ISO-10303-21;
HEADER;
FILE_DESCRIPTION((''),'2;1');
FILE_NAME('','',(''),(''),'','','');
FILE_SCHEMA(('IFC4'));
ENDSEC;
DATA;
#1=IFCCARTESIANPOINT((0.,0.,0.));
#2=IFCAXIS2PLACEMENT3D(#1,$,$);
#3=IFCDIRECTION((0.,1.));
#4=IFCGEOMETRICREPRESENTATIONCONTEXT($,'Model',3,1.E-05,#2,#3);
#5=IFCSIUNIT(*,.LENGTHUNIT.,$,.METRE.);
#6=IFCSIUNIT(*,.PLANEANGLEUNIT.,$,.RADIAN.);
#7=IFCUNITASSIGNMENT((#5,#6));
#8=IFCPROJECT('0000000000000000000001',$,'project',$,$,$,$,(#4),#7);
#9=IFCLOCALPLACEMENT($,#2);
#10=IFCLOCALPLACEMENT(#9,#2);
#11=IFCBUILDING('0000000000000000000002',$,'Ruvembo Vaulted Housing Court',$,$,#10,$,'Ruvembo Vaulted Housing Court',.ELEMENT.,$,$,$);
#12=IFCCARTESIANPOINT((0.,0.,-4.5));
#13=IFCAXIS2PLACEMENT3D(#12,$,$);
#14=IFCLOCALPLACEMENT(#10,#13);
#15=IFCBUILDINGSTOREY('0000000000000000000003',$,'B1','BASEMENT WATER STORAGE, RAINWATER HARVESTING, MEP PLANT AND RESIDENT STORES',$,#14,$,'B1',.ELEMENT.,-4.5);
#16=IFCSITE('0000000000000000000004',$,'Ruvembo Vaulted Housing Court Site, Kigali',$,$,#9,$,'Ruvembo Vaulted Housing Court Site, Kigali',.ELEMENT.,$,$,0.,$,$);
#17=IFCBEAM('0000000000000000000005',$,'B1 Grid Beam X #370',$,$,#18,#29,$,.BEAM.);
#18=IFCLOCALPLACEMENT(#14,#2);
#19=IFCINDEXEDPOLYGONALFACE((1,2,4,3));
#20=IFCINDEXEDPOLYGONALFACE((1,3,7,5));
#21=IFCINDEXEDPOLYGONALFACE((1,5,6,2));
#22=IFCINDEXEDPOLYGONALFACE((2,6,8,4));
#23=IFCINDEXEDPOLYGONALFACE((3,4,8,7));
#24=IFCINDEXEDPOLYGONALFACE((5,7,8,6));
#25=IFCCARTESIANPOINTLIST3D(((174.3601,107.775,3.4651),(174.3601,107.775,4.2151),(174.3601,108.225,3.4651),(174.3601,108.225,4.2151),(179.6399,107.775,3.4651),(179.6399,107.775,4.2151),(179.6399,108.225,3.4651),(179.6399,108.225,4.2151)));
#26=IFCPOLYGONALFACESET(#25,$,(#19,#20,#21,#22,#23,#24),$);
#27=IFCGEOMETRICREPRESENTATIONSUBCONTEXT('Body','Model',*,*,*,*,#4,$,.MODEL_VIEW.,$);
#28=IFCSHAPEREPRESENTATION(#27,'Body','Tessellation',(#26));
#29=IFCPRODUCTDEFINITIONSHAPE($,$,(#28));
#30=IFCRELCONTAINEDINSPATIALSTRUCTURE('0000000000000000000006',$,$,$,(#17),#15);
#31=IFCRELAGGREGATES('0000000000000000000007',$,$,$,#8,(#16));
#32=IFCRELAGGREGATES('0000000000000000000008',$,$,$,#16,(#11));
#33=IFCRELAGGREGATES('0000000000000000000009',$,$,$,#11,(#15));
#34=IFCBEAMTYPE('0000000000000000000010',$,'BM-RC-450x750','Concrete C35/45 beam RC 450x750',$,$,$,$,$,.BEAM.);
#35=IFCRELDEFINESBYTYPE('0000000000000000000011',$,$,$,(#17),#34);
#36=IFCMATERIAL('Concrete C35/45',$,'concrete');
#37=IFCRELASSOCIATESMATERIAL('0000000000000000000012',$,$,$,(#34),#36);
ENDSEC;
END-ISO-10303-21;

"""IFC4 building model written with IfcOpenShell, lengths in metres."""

from ifc_helpers import new_model, si_unit, direction, frame, origin, origin_2d, place, context, subcontext, project, spatial, rectangle, extrude, material, material_profile, profile_set, type_object, element, save


model = new_model("IFC4")

# Units and contexts
model_context = context("Model", 3, precision=1e-05, world=origin(), true_north=direction((0.0, 1.0)))
body_context = subcontext(model_context, "Body", "Model", "MODEL_VIEW")
ifc_project = project(units=[si_unit("LENGTHUNIT", "METRE"), si_unit("PLANEANGLEUNIT", "RADIAN")], contexts=[model_context])

# Site, building, storey
site_placement = place(None, origin())
site = spatial("IfcSite", under=ifc_project, at=site_placement, Name="Ruvembo Vaulted Housing Court Site, Kigali", LongName="Ruvembo Vaulted Housing Court Site, Kigali", CompositionType="ELEMENT", RefElevation=0.0)
building_placement = place(site_placement, origin())
building = spatial("IfcBuilding", under=site, at=building_placement, Name="Ruvembo Vaulted Housing Court", LongName="Ruvembo Vaulted Housing Court", CompositionType="ELEMENT")
storey_placement = place(building_placement, frame((0.0, 0.0, -4.5)))
storey = spatial("IfcBuildingStorey", under=building, at=storey_placement, Name="B1", Description="BASEMENT WATER STORAGE, RAINWATER HARVESTING, MEP PLANT AND RESIDENT STORES", LongName="B1", CompositionType="ELEMENT", Elevation=-4.5)

# Shared definitions
ifc_material_1 = material(Name="Concrete C35/45", Category="concrete")

# Beam
ifc_material_profile_1 = material_profile(ifc_material_1, rectangle(XDim=0.45, YDim=0.75, at=origin_2d()), Name="RC 450x750")
ifc_profile_set_1 = profile_set([ifc_material_profile_1], Name="Concrete C35/45")
beam_type_1 = type_object("IfcBeamType", Name="BM-RC-450x750", Description="Concrete C35/45 beam RC 450x750", PredefinedType="BEAM", material=ifc_profile_set_1)
for number, where, z_axis, x_axis, name in (
    (1, (174.3601, 108.0, 3.8401), (1.0, 0.0, 0.0), (0.0, 1.0, 0.0), "B1 Grid Beam X #370"),
):
    element("IfcBeam", number, at=place(storey_placement, frame(where, z_axis=z_axis, x_axis=x_axis)), inside=storey, type_object=beam_type_1, Name=name, PredefinedType="BEAM", context=body_context, shape_type="SweptSolid", body=[
        extrude(rectangle(XDim=0.45, YDim=0.75, at=origin_2d()), origin(), (0.0, 0.0, 1.0), 5.2798),
    ])

save(model, "model.ifc")
